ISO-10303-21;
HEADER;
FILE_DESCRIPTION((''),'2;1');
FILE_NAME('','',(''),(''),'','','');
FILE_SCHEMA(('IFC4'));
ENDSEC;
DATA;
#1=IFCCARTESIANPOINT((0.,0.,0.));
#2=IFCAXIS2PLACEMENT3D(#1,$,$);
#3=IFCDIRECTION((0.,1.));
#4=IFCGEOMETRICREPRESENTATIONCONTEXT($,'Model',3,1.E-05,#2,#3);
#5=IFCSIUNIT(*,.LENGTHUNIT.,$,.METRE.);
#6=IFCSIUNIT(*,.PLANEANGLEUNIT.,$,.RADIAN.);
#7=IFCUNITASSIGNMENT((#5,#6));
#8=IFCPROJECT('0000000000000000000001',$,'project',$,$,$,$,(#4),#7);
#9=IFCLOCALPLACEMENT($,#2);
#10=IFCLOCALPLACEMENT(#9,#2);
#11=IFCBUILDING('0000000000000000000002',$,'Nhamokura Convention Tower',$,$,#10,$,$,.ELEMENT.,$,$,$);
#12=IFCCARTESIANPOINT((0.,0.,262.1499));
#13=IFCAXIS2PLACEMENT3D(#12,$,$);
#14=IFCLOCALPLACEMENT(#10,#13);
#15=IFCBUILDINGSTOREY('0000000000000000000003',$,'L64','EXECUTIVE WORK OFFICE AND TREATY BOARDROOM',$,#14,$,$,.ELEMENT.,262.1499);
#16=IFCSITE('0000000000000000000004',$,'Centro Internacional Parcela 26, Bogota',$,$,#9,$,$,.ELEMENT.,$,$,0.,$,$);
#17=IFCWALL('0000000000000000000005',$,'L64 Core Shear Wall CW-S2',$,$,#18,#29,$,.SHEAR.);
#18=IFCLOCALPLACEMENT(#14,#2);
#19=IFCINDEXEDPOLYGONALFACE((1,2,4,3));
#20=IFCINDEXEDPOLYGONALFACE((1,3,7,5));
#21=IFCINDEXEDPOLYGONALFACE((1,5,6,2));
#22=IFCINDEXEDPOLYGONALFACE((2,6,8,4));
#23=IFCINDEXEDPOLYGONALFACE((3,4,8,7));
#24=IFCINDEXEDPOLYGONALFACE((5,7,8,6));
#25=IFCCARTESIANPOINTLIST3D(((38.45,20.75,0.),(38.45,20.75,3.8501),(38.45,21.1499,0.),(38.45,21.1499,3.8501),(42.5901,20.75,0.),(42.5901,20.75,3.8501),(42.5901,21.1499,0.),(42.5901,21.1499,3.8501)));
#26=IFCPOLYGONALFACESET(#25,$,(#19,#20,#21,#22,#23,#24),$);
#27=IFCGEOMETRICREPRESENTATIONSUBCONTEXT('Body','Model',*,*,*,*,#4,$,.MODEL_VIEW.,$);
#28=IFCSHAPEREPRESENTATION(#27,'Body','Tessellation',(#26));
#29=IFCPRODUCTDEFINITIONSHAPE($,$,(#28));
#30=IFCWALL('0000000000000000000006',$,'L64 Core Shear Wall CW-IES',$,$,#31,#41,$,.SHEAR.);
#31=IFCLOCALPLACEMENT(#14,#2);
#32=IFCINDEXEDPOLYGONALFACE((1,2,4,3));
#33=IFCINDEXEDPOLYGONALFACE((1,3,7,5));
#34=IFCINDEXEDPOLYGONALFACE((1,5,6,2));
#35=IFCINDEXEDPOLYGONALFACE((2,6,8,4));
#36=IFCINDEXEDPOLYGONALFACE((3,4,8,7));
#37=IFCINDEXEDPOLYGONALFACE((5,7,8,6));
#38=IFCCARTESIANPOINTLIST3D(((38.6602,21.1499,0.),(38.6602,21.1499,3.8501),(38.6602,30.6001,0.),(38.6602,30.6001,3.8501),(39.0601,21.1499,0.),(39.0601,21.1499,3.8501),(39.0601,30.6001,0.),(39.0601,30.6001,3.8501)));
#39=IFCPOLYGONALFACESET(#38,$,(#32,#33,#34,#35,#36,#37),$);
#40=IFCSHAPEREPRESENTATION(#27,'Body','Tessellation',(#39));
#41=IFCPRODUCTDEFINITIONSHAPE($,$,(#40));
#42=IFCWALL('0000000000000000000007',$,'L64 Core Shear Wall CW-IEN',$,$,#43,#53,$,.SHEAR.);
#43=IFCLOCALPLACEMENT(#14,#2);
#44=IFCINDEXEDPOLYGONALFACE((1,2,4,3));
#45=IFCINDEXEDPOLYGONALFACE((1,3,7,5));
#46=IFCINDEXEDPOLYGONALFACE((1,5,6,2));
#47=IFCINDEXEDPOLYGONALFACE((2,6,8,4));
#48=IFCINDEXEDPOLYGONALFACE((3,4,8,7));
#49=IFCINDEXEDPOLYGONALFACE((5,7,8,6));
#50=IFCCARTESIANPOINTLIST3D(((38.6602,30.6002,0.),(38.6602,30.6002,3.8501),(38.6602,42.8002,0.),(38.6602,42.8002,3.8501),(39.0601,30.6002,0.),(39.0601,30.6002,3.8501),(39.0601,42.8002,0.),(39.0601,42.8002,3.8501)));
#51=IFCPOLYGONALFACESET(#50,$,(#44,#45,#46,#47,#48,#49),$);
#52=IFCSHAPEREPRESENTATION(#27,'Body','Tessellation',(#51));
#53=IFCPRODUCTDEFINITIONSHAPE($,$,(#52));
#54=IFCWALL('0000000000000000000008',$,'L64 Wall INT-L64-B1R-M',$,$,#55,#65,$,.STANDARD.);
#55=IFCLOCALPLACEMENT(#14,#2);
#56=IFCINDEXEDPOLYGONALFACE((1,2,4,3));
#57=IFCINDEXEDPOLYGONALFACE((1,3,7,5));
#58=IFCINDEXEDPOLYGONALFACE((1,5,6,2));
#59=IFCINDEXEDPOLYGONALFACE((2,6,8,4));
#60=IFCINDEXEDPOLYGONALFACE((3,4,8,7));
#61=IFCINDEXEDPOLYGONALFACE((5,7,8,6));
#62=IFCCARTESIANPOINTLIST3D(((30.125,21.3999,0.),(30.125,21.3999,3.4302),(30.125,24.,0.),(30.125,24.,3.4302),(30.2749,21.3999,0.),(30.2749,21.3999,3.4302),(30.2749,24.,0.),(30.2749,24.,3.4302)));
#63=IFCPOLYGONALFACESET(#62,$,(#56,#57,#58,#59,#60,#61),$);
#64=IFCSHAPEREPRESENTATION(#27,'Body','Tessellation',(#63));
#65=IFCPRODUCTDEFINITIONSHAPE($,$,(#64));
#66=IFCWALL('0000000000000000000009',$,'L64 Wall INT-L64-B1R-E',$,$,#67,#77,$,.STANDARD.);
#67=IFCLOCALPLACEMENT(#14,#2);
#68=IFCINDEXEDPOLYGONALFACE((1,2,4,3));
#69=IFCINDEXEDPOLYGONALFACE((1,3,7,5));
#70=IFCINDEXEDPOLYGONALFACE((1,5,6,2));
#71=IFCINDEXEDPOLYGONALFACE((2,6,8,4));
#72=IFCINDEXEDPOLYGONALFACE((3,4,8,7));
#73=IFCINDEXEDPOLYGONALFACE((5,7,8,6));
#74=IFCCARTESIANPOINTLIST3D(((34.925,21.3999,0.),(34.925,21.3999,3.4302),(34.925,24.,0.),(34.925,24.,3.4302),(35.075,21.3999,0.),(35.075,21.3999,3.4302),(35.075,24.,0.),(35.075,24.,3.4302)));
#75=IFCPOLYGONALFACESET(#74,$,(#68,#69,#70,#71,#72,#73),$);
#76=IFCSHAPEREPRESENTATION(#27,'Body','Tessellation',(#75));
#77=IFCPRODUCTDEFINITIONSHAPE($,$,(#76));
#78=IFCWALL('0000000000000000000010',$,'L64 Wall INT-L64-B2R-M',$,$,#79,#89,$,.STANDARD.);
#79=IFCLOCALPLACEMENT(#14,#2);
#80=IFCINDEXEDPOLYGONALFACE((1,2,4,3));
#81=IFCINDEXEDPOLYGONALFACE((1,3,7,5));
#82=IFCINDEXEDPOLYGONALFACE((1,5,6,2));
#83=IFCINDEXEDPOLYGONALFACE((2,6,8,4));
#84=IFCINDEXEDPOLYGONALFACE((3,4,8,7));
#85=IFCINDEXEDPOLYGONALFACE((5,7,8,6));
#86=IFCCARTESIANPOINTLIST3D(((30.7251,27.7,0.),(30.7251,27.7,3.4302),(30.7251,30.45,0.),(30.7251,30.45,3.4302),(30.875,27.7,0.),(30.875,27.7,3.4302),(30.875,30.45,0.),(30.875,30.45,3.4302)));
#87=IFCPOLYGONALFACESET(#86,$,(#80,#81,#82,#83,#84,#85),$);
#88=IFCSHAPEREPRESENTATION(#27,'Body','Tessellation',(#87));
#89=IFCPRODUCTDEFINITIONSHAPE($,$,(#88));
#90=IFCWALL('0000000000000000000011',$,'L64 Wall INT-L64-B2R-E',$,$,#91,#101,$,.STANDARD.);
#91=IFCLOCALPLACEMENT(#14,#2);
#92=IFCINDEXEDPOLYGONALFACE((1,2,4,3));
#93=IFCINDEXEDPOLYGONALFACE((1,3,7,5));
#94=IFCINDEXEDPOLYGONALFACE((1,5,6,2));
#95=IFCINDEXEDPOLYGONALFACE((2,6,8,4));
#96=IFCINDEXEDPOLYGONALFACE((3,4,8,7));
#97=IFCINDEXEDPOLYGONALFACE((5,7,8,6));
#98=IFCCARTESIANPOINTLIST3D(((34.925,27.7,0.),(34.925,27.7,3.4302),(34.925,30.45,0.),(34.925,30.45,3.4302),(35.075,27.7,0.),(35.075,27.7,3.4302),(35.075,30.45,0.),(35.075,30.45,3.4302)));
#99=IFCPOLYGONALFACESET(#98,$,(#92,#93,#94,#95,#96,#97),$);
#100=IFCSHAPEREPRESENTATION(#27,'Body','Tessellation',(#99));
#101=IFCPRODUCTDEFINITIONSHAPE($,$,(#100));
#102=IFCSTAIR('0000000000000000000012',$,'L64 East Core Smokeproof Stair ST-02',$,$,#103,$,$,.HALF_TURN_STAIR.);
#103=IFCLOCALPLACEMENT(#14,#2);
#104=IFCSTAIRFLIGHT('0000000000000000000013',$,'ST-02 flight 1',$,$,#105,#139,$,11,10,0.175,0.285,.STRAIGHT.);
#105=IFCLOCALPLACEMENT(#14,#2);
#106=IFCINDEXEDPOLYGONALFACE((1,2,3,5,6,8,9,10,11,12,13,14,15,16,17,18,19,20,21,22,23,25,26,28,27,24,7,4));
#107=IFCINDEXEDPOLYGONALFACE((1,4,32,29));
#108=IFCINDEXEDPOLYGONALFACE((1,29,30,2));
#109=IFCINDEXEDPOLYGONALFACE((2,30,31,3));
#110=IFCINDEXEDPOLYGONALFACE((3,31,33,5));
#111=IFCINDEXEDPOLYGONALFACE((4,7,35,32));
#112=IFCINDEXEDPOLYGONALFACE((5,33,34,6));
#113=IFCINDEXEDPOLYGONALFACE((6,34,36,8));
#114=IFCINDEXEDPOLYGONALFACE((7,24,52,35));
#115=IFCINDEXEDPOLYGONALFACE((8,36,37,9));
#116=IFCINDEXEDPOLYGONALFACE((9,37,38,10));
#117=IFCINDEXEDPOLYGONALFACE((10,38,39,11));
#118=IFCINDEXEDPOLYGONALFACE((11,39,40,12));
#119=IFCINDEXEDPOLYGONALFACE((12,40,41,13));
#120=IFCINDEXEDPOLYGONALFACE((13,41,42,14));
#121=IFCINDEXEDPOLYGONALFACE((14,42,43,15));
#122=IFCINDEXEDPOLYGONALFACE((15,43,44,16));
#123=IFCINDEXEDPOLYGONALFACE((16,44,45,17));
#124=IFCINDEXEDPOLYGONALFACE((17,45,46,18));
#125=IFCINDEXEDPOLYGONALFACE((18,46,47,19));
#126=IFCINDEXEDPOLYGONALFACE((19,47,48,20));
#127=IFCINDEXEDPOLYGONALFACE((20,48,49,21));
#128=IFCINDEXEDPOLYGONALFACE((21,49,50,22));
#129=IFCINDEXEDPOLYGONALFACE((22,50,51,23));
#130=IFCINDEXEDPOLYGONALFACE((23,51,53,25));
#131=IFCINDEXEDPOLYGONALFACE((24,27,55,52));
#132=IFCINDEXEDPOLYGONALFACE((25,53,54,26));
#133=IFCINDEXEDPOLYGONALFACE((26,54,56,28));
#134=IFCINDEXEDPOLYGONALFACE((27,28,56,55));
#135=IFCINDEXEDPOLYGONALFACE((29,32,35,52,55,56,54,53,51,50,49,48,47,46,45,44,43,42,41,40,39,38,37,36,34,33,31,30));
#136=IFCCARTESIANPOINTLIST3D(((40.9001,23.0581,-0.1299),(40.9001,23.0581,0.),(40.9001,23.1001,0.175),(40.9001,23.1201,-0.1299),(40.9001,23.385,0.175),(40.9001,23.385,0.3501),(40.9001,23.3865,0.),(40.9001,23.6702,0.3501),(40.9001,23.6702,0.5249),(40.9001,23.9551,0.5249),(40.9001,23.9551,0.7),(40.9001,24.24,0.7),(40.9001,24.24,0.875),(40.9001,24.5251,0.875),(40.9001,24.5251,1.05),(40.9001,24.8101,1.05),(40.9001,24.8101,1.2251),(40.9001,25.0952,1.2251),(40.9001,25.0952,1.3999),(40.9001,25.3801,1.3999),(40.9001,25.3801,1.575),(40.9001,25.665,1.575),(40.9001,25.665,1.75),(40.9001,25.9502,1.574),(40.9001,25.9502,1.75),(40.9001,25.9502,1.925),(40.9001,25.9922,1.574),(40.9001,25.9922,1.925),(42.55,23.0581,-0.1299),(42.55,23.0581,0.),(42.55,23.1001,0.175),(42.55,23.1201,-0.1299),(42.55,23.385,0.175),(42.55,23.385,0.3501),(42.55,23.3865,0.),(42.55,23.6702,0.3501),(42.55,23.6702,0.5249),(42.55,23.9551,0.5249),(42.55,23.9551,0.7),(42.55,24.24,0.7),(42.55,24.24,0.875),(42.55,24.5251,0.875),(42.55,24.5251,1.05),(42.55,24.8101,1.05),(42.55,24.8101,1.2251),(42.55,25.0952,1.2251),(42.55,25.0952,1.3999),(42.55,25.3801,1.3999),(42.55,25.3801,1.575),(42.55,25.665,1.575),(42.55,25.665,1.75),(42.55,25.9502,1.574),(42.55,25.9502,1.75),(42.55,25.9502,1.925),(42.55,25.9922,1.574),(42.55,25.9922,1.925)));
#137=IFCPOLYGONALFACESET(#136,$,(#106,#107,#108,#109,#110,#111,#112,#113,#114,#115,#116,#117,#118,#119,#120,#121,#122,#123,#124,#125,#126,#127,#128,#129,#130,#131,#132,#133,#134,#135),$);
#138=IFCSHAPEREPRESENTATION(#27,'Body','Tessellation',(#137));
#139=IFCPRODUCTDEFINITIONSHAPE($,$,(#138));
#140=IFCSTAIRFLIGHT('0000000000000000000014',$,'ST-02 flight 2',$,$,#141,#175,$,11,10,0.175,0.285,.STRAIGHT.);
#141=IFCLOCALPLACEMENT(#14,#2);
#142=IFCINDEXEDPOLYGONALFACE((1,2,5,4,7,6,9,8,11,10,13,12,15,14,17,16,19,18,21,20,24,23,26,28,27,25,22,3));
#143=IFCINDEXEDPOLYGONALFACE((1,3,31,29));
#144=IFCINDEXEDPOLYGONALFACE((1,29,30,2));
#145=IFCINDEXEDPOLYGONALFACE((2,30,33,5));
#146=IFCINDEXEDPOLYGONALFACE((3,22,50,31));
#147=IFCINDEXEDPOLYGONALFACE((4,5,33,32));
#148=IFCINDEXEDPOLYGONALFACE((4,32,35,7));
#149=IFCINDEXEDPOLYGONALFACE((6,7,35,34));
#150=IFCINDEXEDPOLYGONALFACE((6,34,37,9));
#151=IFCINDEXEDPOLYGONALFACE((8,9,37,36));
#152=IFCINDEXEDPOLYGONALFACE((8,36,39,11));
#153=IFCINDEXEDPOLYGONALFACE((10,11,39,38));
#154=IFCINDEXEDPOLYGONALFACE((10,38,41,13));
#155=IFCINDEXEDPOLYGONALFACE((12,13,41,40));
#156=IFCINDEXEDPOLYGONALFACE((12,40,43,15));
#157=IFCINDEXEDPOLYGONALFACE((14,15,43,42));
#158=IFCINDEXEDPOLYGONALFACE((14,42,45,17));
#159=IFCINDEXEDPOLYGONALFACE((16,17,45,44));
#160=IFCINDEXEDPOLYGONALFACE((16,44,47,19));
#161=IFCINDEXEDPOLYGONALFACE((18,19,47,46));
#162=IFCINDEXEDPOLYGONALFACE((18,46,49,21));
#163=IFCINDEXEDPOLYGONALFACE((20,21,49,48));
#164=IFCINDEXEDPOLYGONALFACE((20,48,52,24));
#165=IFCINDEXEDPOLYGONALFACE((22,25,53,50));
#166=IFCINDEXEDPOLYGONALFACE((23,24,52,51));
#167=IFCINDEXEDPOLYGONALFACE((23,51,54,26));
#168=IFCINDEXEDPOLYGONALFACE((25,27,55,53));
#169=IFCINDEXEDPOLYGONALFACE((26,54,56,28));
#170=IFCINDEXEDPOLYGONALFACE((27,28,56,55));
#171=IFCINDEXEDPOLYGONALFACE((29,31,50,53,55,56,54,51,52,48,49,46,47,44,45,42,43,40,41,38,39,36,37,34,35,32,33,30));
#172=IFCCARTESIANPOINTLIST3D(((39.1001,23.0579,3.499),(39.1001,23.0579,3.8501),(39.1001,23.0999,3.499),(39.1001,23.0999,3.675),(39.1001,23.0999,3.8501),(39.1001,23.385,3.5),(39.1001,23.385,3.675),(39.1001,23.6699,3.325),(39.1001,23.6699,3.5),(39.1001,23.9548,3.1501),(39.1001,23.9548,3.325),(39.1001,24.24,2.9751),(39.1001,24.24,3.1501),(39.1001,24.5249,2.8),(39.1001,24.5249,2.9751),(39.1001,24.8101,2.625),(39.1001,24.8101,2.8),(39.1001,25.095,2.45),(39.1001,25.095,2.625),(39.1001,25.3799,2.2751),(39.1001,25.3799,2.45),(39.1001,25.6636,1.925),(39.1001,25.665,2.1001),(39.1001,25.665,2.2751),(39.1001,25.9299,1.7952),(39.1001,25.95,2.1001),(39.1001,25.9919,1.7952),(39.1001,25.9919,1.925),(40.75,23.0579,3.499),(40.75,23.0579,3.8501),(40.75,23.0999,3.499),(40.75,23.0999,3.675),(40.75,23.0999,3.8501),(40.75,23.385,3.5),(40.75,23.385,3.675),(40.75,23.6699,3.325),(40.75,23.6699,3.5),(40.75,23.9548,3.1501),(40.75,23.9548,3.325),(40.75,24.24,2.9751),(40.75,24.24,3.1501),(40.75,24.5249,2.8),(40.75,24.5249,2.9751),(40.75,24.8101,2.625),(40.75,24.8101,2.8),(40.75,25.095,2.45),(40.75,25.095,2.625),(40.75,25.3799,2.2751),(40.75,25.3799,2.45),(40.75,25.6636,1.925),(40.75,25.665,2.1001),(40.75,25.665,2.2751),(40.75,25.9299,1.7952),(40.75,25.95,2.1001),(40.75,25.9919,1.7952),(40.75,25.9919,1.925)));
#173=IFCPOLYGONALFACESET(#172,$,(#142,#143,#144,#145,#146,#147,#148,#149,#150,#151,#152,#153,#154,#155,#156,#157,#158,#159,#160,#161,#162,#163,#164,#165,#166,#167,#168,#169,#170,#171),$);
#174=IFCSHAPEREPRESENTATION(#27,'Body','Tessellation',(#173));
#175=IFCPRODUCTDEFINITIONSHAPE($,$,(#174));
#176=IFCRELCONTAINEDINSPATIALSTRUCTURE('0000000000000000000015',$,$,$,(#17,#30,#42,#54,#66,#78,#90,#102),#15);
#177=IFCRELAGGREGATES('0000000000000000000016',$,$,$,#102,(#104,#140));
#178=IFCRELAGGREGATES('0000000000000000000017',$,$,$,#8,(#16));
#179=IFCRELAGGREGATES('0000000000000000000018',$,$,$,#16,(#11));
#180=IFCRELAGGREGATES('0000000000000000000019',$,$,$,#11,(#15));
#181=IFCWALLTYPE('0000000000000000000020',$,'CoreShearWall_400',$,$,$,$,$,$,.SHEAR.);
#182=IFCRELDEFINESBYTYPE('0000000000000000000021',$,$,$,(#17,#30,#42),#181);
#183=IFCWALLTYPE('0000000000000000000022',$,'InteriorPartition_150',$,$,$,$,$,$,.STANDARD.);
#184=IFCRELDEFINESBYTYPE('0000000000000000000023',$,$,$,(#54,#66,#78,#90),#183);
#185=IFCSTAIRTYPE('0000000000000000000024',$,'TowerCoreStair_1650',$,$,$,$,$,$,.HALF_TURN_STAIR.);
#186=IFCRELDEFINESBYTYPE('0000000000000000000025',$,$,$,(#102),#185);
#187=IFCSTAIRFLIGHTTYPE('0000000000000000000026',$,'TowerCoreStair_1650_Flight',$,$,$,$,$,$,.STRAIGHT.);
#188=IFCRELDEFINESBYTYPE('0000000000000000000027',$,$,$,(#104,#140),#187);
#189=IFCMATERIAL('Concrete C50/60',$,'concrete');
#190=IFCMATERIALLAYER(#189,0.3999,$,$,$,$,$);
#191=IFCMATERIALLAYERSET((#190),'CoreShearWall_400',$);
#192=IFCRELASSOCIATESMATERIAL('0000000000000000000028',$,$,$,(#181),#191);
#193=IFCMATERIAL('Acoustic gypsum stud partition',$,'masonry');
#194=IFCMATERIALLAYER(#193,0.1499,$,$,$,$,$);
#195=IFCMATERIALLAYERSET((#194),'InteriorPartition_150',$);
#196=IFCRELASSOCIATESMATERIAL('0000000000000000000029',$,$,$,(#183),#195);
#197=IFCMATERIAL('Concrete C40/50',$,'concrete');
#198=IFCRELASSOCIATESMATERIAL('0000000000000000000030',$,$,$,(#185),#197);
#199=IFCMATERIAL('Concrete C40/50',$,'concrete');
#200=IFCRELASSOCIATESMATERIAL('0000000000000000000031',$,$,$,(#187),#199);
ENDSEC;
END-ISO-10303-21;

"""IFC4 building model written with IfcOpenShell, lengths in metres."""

from ifc_helpers import new_model, si_unit, direction, frame, frame_2d, origin, place, context, subcontext, project, spatial, polyline, rectangle, outline, extrude, material, layer, layer_set, type_object, element, aggregate, save


model = new_model("IFC4")

# Units and contexts
model_context = context("Model", 3, precision=1e-05, world=origin(), true_north=direction((0.0, 1.0)))
body_context = subcontext(model_context, "Body", "Model", "MODEL_VIEW")
ifc_project = project(units=[si_unit("LENGTHUNIT", "METRE"), si_unit("PLANEANGLEUNIT", "RADIAN")], contexts=[model_context])

# Site, building, storey
site_placement = place(None, origin())
site = spatial("IfcSite", under=ifc_project, at=site_placement, Name="Centro Internacional Parcela 26, Bogota", CompositionType="ELEMENT", RefElevation=0.0)
building_placement = place(site_placement, origin())
building = spatial("IfcBuilding", under=site, at=building_placement, Name="Nhamokura Convention Tower", CompositionType="ELEMENT")
storey_placement = place(building_placement, frame((0.0, 0.0, 262.1499)))
storey = spatial("IfcBuildingStorey", under=building, at=storey_placement, Name="L64", Description="EXECUTIVE WORK OFFICE AND TREATY BOARDROOM", CompositionType="ELEMENT", Elevation=262.1499)

# Walls
ifc_material_1 = material(Name="Concrete C50/60", Category="concrete")
ifc_layer_1 = layer(ifc_material_1, 0.3999)
ifc_layer_set_1 = layer_set([ifc_layer_1], Name="CoreShearWall_400")
wall_type_1 = type_object("IfcWallType", Name="CoreShearWall_400", PredefinedType="SHEAR", material=ifc_layer_set_1)
wall_1_placement = place(storey_placement, frame((38.45, 20.95, 0.0), z_axis=(0.0, 0.0, 1.0), x_axis=(1.0, 0.0, 0.0)))
element("IfcWall", 1, at=wall_1_placement, inside=storey, type_object=wall_type_1, Name="L64 Core Shear Wall CW-S2", PredefinedType="SHEAR", context=body_context, shape_type="SweptSolid", body=[
    extrude(rectangle(XDim=4.1401, YDim=0.3999, at=frame_2d((2.0701, 0.0))), origin(), (0.0, 0.0, 1.0), 3.8501),
])
wall_2_placement = place(storey_placement, frame((38.8601, 21.1499, 0.0), z_axis=(0.0, 0.0, 1.0), x_axis=(0.0, 1.0, 0.0)))
element("IfcWall", 2, at=wall_2_placement, inside=storey, type_object=wall_type_1, Name="L64 Core Shear Wall CW-IES", PredefinedType="SHEAR", context=body_context, shape_type="SweptSolid", body=[
    extrude(rectangle(XDim=9.4502, YDim=0.3999, at=frame_2d((4.7251, 0.0))), origin(), (0.0, 0.0, 1.0), 3.8501),
])
wall_3_placement = place(storey_placement, frame((38.8601, 30.6001, 0.0), z_axis=(0.0, 0.0, 1.0), x_axis=(0.0, 1.0, 0.0)))
element("IfcWall", 3, at=wall_3_placement, inside=storey, type_object=wall_type_1, Name="L64 Core Shear Wall CW-IEN", PredefinedType="SHEAR", context=body_context, shape_type="SweptSolid", body=[
    extrude(rectangle(XDim=12.2, YDim=0.3999, at=frame_2d((6.1001, 0.0))), origin(), (0.0, 0.0, 1.0), 3.8501),
])

# Walls
ifc_material_2 = material(Name="Acoustic gypsum stud partition", Category="masonry")
ifc_layer_2 = layer(ifc_material_2, 0.1499)
ifc_layer_set_2 = layer_set([ifc_layer_2], Name="InteriorPartition_150")
wall_type_2 = type_object("IfcWallType", Name="InteriorPartition_150", PredefinedType="STANDARD", material=ifc_layer_set_2)
for number, where, z_axis, x_axis, name in (
    (4, (30.2, 21.3999, 0.0), (0.0, 0.0, 1.0), (0.0, 1.0, 0.0), "L64 Wall INT-L64-B1R-M"),
    (5, (35.0, 21.3999, 0.0), (0.0, 0.0, 1.0), (0.0, 1.0, 0.0), "L64 Wall INT-L64-B1R-E"),
):
    element("IfcWall", number, at=place(storey_placement, frame(where, z_axis=z_axis, x_axis=x_axis)), inside=storey, type_object=wall_type_2, Name=name, PredefinedType="STANDARD", context=body_context, shape_type="SweptSolid", body=[
        extrude(rectangle(XDim=2.6001, YDim=0.1499, at=frame_2d((1.3, 0.0))), origin(), (0.0, 0.0, 1.0), 3.4302),
    ])
for number, where, z_axis, x_axis, name in (
    (6, (30.8, 27.7, 0.0), (0.0, 0.0, 1.0), (0.0, 1.0, 0.0), "L64 Wall INT-L64-B2R-M"),
    (7, (35.0, 27.7, 0.0), (0.0, 0.0, 1.0), (0.0, 1.0, 0.0), "L64 Wall INT-L64-B2R-E"),
):
    element("IfcWall", number, at=place(storey_placement, frame(where, z_axis=z_axis, x_axis=x_axis)), inside=storey, type_object=wall_type_2, Name=name, PredefinedType="STANDARD", context=body_context, shape_type="SweptSolid", body=[
        extrude(rectangle(XDim=2.75, YDim=0.1499, at=frame_2d((1.375, 0.0))), origin(), (0.0, 0.0, 1.0), 3.4302),
    ])

# Stair, stair flights
ifc_material_3 = material(Name="Concrete C40/50", Category="concrete")
stair_type = type_object("IfcStairType", Name="TowerCoreStair_1650", PredefinedType="HALF_TURN_STAIR", material=ifc_material_3)
stair_placement = place(storey_placement, origin())
stair = element("IfcStair", 8, at=stair_placement, inside=storey, type_object=stair_type, Name="L64 East Core Smokeproof Stair ST-02", PredefinedType="HALF_TURN_STAIR")
ifc_material_4 = material(Name="Concrete C40/50", Category="concrete")
stair_flight_type = type_object("IfcStairFlightType", Name="TowerCoreStair_1650_Flight", PredefinedType="STRAIGHT", material=ifc_material_4)
stair_flight_1_placement = place(storey_placement, frame((41.7251, 23.1001, 0.0), z_axis=(0.0, 0.0, 1.0), x_axis=(0.0, 1.0, 0.0)))
stair_flight_1 = element("IfcStairFlight", 9, at=stair_flight_1_placement, type_object=stair_flight_type, Name="ST-02 flight 1", NumberOfRisers=11, NumberOfTreads=10, PredefinedType="STRAIGHT", RiserHeight=0.175, TreadLength=0.285, context=body_context, shape_type="SweptSolid", body=[
    extrude(outline(polyline([(-0.042, 0.0), (0.0, 0.175), (0.2849, 0.175), (0.2849, 0.3501), (0.5701, 0.3501), (0.5701, 0.5249), (0.855, 0.5249), (0.855, 0.7), (1.1399, 0.7), (1.1399, 0.875), (1.425, 0.875), (1.425, 1.05), (1.71, 1.05), (1.71, 1.2251), (1.9951, 1.2251), (1.9951, 1.3999), (2.28, 1.3999), (2.28, 1.575), (2.5649, 1.575), (2.5649, 1.75), (2.8501, 1.75), (2.8501, 1.925), (2.8921, 1.925), (2.8921, 1.574), (2.8501, 1.574), (0.2864, 0.0), (0.02, -0.1299), (-0.042, -0.1299), (-0.042, 0.0)])), frame((0.0, 0.825, 0.0), z_axis=(0.0, -1.0, 0.0), x_axis=(1.0, 0.0, 0.0)), (0.0, 0.0, 1.0), 1.6499),
])
stair_flight_2_placement = place(storey_placement, frame((39.925, 25.95, 1.925), z_axis=(0.0, 0.0, 1.0), x_axis=(0.0, -1.0, 0.0)))
stair_flight_2 = element("IfcStairFlight", 10, at=stair_flight_2_placement, type_object=stair_flight_type, Name="ST-02 flight 2", NumberOfRisers=11, NumberOfTreads=10, PredefinedType="STRAIGHT", RiserHeight=0.175, TreadLength=0.285, context=body_context, shape_type="SweptSolid", body=[
    extrude(outline(polyline([(-0.042, 0.0), (0.0, 0.175), (0.2849, 0.175), (0.2849, 0.3501), (0.5701, 0.3501), (0.5701, 0.5249), (0.855, 0.5249), (0.855, 0.7), (1.1399, 0.7), (1.1399, 0.875), (1.425, 0.875), (1.425, 1.05), (1.71, 1.05), (1.71, 1.2251), (1.9951, 1.2251), (1.9951, 1.3999), (2.28, 1.3999), (2.28, 1.575), (2.5649, 1.575), (2.5649, 1.75), (2.8501, 1.75), (2.8501, 1.925), (2.8921, 1.925), (2.8921, 1.574), (2.8501, 1.574), (0.2864, 0.0), (0.02, -0.1299), (-0.042, -0.1299), (-0.042, 0.0)])), frame((0.0, 0.825, 0.0), z_axis=(0.0, -1.0, 0.0), x_axis=(1.0, 0.0, 0.0)), (0.0, 0.0, 1.0), 1.6499),
])
aggregate(stair, [stair_flight_1, stair_flight_2])

save(model, "model.ifc")
